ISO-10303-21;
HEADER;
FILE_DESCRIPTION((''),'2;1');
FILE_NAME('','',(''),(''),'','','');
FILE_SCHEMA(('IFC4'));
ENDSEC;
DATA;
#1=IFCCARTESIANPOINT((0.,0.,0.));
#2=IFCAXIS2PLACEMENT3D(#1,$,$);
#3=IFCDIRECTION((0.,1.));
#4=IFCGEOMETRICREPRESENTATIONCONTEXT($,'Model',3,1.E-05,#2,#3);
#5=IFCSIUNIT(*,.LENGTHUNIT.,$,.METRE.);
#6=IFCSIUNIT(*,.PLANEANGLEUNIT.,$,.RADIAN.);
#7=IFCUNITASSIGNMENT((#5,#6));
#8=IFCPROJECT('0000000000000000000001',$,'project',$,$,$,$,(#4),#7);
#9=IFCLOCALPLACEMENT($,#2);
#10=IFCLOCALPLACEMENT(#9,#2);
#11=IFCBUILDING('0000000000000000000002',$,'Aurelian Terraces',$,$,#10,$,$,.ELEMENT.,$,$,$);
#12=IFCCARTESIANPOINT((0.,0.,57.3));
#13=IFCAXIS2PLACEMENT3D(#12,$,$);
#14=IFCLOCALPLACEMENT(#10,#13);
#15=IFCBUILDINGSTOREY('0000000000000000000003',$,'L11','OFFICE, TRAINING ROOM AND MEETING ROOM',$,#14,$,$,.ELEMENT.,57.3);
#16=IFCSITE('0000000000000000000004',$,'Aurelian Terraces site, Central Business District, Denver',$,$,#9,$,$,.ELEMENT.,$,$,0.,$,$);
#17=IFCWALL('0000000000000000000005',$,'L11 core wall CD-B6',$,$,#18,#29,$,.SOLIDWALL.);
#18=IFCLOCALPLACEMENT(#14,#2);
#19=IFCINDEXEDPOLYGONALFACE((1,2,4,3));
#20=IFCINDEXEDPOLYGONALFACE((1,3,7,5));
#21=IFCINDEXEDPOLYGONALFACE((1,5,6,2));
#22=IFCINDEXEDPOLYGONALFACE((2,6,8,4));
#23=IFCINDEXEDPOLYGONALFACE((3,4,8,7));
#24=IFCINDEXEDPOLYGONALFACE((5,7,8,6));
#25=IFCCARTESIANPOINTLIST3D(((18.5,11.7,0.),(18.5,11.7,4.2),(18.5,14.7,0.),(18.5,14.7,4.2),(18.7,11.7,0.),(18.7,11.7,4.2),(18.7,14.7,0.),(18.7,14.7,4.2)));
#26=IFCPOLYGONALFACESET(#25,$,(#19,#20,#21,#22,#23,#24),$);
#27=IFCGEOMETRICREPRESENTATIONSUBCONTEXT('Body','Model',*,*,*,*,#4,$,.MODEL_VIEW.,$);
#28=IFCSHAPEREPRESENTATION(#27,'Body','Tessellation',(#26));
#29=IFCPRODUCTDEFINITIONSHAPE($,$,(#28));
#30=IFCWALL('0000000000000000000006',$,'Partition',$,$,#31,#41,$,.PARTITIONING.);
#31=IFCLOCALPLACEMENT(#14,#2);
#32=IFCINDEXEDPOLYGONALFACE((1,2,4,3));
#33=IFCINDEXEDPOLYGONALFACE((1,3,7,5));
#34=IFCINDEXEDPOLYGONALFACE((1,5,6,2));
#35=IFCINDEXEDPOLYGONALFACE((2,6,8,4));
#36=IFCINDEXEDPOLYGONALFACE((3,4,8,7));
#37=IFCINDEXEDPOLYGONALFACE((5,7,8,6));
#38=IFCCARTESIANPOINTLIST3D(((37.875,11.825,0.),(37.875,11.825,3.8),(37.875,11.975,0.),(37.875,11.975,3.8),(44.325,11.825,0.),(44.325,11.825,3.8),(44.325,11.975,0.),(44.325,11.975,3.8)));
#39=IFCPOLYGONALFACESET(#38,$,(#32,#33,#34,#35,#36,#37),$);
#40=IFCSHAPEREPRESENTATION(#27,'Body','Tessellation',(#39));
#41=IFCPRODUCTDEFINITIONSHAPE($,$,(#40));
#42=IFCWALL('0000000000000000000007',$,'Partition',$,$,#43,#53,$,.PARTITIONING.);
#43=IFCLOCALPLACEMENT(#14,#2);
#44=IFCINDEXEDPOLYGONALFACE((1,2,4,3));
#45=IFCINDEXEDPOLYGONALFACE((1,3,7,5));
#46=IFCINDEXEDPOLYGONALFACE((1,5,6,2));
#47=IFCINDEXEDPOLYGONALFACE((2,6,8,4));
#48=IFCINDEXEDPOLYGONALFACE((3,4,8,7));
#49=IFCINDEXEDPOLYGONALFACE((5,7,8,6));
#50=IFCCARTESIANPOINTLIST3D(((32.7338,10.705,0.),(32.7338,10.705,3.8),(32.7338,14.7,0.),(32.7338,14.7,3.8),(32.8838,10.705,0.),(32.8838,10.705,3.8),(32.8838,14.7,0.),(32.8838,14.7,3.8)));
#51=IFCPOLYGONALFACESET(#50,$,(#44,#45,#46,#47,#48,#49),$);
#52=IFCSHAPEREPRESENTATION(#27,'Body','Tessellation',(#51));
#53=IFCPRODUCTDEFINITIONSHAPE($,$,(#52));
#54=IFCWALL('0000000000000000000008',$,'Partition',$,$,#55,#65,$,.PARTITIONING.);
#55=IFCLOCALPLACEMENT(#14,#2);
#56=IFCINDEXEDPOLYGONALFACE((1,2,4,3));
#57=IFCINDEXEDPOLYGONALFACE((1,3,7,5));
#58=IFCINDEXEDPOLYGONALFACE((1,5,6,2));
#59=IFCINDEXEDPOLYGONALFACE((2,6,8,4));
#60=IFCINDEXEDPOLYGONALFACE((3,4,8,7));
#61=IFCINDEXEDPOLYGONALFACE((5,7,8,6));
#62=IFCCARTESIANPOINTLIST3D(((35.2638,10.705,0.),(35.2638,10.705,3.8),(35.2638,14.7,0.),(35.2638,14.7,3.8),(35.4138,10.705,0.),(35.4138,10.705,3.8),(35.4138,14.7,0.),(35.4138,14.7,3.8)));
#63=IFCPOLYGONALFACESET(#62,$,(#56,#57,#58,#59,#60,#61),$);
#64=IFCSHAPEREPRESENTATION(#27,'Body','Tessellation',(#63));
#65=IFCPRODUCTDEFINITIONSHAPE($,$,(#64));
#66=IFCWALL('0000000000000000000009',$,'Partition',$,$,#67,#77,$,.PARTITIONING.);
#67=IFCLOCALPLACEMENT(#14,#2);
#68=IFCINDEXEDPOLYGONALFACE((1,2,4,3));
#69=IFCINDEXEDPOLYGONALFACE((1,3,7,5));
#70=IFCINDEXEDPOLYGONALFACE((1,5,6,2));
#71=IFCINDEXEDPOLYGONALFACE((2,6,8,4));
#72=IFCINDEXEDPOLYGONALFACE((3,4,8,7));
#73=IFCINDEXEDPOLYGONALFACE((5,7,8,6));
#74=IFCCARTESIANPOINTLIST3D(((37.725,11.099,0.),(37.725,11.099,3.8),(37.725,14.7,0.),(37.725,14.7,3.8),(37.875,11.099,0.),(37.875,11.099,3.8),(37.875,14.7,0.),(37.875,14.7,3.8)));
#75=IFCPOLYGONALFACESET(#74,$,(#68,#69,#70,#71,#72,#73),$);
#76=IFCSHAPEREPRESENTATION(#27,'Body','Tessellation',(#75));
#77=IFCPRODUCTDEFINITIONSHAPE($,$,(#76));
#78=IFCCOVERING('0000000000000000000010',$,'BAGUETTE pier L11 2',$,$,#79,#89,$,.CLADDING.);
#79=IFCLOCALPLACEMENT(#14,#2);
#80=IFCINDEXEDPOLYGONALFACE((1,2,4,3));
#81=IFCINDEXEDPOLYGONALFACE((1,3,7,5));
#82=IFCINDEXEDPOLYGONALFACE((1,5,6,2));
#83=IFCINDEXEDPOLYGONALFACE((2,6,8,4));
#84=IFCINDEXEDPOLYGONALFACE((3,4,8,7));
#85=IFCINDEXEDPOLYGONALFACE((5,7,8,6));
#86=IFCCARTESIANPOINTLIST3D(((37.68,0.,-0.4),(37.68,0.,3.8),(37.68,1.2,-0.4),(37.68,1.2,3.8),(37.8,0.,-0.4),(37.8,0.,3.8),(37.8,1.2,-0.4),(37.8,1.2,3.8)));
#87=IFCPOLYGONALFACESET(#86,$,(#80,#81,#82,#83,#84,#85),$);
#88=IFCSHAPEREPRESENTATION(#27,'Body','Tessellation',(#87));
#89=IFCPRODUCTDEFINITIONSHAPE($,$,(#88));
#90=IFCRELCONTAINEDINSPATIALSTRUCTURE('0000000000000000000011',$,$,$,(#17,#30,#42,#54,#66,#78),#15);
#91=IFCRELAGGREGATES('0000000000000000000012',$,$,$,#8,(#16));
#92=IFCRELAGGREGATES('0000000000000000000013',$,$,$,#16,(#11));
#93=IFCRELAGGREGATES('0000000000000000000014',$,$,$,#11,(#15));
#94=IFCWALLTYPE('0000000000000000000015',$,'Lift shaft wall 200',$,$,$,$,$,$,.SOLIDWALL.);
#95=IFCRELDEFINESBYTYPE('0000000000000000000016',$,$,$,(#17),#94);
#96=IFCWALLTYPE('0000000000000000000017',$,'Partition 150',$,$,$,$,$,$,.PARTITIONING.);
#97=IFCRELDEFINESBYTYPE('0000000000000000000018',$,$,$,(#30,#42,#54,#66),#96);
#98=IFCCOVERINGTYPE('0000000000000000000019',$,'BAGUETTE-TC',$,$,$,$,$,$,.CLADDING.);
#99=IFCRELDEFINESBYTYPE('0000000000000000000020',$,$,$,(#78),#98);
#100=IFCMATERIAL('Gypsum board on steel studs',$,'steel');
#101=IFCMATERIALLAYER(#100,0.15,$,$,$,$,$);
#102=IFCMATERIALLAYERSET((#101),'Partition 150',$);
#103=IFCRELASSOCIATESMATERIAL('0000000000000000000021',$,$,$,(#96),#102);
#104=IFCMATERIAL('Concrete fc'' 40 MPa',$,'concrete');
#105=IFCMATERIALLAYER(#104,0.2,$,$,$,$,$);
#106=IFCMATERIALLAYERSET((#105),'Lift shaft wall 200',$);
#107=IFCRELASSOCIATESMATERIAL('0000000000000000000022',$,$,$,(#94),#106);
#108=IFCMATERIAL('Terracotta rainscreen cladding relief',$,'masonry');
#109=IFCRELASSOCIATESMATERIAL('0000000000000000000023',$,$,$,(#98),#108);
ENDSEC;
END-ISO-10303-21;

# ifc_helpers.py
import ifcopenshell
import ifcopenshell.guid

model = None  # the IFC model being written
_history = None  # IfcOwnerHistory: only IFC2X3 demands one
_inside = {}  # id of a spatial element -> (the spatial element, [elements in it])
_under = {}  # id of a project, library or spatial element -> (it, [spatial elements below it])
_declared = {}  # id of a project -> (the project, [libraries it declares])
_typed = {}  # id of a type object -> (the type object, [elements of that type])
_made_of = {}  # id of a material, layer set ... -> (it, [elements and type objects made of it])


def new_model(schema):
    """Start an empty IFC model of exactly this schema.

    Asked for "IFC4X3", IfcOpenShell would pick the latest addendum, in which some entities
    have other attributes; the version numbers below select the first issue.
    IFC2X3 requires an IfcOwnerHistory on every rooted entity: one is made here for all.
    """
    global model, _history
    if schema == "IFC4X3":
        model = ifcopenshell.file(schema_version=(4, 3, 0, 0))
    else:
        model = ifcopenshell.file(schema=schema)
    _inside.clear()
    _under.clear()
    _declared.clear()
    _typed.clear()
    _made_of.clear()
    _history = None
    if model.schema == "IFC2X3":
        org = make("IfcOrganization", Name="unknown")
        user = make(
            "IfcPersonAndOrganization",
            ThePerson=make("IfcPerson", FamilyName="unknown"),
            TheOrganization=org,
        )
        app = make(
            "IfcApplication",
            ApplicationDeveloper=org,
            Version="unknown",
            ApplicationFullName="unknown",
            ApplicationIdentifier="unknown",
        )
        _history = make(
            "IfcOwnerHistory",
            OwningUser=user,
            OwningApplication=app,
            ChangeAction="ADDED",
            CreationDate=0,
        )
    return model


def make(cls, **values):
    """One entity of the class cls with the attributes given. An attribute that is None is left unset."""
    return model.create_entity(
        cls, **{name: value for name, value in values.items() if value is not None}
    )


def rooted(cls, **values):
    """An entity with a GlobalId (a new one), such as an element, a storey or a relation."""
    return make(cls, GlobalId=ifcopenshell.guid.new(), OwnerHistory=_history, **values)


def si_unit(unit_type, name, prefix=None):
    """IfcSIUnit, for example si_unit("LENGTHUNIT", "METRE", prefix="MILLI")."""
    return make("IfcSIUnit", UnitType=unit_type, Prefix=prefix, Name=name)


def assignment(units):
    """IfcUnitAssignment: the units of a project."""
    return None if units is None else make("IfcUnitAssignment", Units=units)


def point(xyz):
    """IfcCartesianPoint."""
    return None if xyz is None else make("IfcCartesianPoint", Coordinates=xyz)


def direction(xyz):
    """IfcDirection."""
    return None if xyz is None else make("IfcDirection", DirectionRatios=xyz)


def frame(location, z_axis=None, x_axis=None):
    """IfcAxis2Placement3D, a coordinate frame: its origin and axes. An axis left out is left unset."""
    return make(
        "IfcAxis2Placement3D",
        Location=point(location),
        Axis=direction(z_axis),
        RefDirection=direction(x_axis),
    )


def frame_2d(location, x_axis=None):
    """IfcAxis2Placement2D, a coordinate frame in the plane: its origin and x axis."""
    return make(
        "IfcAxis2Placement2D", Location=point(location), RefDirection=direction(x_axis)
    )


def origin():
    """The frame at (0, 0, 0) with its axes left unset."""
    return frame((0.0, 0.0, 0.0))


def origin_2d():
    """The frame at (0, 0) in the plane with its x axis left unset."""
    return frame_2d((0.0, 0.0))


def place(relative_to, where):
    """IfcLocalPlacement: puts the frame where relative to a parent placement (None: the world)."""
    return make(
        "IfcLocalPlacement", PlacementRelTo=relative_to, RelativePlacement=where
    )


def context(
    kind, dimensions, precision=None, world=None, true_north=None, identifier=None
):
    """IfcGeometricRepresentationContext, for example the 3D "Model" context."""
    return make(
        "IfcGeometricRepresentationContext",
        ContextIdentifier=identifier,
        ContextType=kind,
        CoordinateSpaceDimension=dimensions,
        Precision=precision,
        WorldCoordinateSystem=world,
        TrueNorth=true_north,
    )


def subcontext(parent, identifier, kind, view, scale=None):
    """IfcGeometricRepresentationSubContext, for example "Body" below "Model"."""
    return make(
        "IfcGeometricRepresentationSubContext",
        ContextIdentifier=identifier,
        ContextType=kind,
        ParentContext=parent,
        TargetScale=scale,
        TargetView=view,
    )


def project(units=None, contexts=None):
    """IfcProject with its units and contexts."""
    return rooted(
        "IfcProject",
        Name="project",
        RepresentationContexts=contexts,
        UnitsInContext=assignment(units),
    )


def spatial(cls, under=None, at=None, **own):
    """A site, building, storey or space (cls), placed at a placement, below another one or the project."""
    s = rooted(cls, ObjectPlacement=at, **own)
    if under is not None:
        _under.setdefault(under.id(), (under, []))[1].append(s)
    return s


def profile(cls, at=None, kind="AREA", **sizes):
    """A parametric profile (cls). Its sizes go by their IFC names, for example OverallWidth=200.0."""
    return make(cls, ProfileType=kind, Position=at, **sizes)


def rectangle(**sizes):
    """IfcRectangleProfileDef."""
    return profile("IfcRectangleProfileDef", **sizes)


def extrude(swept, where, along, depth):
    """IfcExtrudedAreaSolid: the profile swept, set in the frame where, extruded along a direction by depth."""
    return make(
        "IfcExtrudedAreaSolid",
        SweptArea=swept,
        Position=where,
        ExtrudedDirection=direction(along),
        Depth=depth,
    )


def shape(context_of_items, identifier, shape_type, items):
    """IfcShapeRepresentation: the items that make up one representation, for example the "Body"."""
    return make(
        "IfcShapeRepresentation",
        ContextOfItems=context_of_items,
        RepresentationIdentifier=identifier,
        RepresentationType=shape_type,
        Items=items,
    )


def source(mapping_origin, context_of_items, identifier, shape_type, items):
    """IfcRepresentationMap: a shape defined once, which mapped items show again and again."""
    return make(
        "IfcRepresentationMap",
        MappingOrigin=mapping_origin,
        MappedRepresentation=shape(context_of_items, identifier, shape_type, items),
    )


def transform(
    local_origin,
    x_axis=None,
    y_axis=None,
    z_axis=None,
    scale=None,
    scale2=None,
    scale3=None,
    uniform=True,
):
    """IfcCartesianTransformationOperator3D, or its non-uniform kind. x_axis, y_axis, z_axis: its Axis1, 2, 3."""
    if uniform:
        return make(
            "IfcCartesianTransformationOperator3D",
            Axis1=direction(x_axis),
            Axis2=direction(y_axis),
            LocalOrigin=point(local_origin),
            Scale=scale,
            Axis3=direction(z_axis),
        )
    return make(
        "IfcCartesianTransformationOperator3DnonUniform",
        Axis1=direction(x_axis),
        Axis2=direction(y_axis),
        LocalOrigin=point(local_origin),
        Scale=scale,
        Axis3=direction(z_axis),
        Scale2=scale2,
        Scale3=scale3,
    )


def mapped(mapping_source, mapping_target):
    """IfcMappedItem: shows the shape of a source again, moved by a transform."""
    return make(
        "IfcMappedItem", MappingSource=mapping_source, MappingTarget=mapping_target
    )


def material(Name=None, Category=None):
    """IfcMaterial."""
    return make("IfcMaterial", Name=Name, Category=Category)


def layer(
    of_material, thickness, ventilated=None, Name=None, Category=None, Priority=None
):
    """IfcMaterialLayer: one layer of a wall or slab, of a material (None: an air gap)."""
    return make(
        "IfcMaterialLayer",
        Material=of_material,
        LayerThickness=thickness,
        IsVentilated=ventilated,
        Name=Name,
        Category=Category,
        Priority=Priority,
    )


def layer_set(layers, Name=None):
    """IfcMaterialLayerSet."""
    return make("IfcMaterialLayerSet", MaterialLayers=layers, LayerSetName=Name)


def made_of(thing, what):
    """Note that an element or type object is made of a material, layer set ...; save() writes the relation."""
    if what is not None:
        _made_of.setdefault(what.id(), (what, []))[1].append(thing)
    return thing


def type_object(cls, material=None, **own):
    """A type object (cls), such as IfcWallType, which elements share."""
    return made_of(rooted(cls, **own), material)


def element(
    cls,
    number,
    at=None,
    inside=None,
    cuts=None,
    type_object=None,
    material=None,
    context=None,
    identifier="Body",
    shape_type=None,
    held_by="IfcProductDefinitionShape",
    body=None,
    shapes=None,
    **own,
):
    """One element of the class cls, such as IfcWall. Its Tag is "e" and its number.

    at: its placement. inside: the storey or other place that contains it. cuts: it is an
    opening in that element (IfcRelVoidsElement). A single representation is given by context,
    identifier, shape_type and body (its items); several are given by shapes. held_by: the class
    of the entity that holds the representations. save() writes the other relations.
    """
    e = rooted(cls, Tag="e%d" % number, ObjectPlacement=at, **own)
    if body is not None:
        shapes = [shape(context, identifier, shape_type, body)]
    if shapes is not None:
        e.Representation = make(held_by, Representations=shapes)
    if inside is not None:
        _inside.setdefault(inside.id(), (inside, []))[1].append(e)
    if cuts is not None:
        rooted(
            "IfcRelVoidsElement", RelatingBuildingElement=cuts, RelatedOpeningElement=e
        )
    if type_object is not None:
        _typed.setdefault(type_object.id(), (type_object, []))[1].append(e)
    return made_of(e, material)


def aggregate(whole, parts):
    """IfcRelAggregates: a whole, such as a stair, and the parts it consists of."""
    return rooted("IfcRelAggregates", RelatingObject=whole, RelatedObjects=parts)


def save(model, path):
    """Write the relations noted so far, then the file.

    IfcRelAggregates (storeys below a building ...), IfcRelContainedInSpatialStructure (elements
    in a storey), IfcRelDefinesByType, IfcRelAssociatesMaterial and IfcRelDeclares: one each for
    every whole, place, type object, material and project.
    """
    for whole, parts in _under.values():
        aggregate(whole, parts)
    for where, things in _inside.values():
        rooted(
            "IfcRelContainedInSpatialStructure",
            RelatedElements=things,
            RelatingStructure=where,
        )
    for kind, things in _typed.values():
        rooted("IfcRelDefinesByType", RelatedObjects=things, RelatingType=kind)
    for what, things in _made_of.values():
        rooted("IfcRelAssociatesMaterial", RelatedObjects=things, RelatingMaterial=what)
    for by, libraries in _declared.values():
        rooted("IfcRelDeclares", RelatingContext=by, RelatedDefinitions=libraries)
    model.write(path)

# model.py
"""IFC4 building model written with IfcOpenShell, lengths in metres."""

from ifc_helpers import new_model, si_unit, direction, frame, frame_2d, origin, origin_2d, place, context, subcontext, project, spatial, rectangle, extrude, source, transform, mapped, material, layer, layer_set, type_object, element, save


model = new_model("IFC4")

# Units and contexts
model_context = context("Model", 3, precision=1e-05, world=origin(), true_north=direction((0.0, 1.0)))
body_context = subcontext(model_context, "Body", "Model", "MODEL_VIEW")
ifc_project = project(units=[si_unit("LENGTHUNIT", "METRE"), si_unit("PLANEANGLEUNIT", "RADIAN")], contexts=[model_context])

# Site, building, storey
site_placement = place(None, origin())
site = spatial("IfcSite", under=ifc_project, at=site_placement, Name="Aurelian Terraces site, Central Business District, Denver", CompositionType="ELEMENT", RefElevation=0.0)
building_placement = place(site_placement, origin())
building = spatial("IfcBuilding", under=site, at=building_placement, Name="Aurelian Terraces", CompositionType="ELEMENT")
storey_placement = place(building_placement, frame((0.0, 0.0, 57.3)))
storey = spatial("IfcBuildingStorey", under=building, at=storey_placement, Name="L11", Description="OFFICE, TRAINING ROOM AND MEETING ROOM", CompositionType="ELEMENT", Elevation=57.3)

# Shared definitions
ifc_material_1 = material(Name="Concrete fc' 40 MPa", Category="concrete")

# Shared definitions
ifc_material_2 = material(Name="Gypsum board on steel studs", Category="steel")
ifc_layer_1 = layer(ifc_material_2, 0.15)
ifc_layer_set_1 = layer_set([ifc_layer_1], Name="Partition 150")
wall_type_1 = type_object("IfcWallType", Name="Partition 150", PredefinedType="PARTITIONING", material=ifc_layer_set_1)

# Walls
ifc_layer_2 = layer(ifc_material_1, 0.2)
ifc_layer_set_2 = layer_set([ifc_layer_2], Name="Lift shaft wall 200")
wall_type_2 = type_object("IfcWallType", Name="Lift shaft wall 200", PredefinedType="SOLIDWALL", material=ifc_layer_set_2)
shared_shape_1 = source(origin(), body_context, "Body", "SweptSolid", [
    extrude(rectangle(XDim=3.0, YDim=0.2, at=frame_2d((1.5, 0.0))), origin(), (0.0, 0.0, 1.0), 4.2),
])
wall_1_placement = place(storey_placement, frame((18.6, 11.7, 0.0), z_axis=(0.0, 0.0, 1.0), x_axis=(0.0, 1.0, 0.0)))
element("IfcWall", 1, at=wall_1_placement, inside=storey, type_object=wall_type_2, Name="L11 core wall CD-B6", PredefinedType="SOLIDWALL", context=body_context, shape_type="MappedRepresentation", body=[
    mapped(shared_shape_1, transform((0.0, 0.0, 0.0), scale=1.0)),
])
shared_shape_2 = source(origin(), body_context, "Body", "SweptSolid", [
    extrude(rectangle(XDim=6.45, YDim=0.15, at=frame_2d((3.225, 0.0))), origin(), (0.0, 0.0, 1.0), 3.8),
])
wall_2_placement = place(storey_placement, frame((37.875, 11.9, 0.0), z_axis=(0.0, 0.0, 1.0), x_axis=(1.0, 0.0, 0.0)))
element("IfcWall", 2, at=wall_2_placement, inside=storey, type_object=wall_type_1, Name="Partition", PredefinedType="PARTITIONING", context=body_context, shape_type="MappedRepresentation", body=[
    mapped(shared_shape_2, transform((0.0, 0.0, 0.0), scale=1.0)),
])
shared_shape_3 = source(origin(), body_context, "Body", "SweptSolid", [
    extrude(rectangle(XDim=3.995, YDim=0.15, at=frame_2d((1.9975, 0.0))), origin(), (0.0, 0.0, 1.0), 3.8),
])
for number, where, z_axis, x_axis, name in (
    (3, (32.8088, 10.705, 0.0), (0.0, 0.0, 1.0), (0.0, 1.0, 0.0), "Partition"),
    (4, (35.3388, 10.705, 0.0), (0.0, 0.0, 1.0), (0.0, 1.0, 0.0), "Partition"),
):
    element("IfcWall", number, at=place(storey_placement, frame(where, z_axis=z_axis, x_axis=x_axis)), inside=storey, type_object=wall_type_1, Name=name, PredefinedType="PARTITIONING", context=body_context, shape_type="MappedRepresentation", body=[
        mapped(shared_shape_3, transform((0.0, 0.0, 0.0), scale=1.0)),
    ])
shared_shape_4 = source(origin(), body_context, "Body", "SweptSolid", [
    extrude(rectangle(XDim=3.601, YDim=0.15, at=frame_2d((1.8005, 0.0))), origin(), (0.0, 0.0, 1.0), 3.8),
])
wall_3_placement = place(storey_placement, frame((37.8, 11.099, 0.0), z_axis=(0.0, 0.0, 1.0), x_axis=(0.0, 1.0, 0.0)))
element("IfcWall", 5, at=wall_3_placement, inside=storey, type_object=wall_type_1, Name="Partition", PredefinedType="PARTITIONING", context=body_context, shape_type="MappedRepresentation", body=[
    mapped(shared_shape_4, transform((0.0, 0.0, 0.0), scale=1.0)),
])

# Covering
ifc_material_3 = material(Name="Terracotta rainscreen cladding relief", Category="masonry")
covering_type = type_object("IfcCoveringType", Name="BAGUETTE-TC", PredefinedType="CLADDING", material=ifc_material_3)
shared_shape_5 = source(origin(), body_context, "Body", "SweptSolid", [
    extrude(rectangle(XDim=0.12, YDim=1.2, at=origin_2d()), origin(), (0.0, 0.0, 1.0), 4.2),
])
covering_placement = place(storey_placement, frame((37.74, 0.6, -0.4), z_axis=(0.0, 0.0, 1.0), x_axis=(1.0, 0.0, 0.0)))
element("IfcCovering", 6, at=covering_placement, inside=storey, type_object=covering_type, Name="BAGUETTE pier L11 2", PredefinedType="CLADDING", context=body_context, shape_type="MappedRepresentation", body=[
    mapped(shared_shape_5, transform((0.0, 0.0, 0.0), scale=1.0)),
])

save(model, "model.ifc")
